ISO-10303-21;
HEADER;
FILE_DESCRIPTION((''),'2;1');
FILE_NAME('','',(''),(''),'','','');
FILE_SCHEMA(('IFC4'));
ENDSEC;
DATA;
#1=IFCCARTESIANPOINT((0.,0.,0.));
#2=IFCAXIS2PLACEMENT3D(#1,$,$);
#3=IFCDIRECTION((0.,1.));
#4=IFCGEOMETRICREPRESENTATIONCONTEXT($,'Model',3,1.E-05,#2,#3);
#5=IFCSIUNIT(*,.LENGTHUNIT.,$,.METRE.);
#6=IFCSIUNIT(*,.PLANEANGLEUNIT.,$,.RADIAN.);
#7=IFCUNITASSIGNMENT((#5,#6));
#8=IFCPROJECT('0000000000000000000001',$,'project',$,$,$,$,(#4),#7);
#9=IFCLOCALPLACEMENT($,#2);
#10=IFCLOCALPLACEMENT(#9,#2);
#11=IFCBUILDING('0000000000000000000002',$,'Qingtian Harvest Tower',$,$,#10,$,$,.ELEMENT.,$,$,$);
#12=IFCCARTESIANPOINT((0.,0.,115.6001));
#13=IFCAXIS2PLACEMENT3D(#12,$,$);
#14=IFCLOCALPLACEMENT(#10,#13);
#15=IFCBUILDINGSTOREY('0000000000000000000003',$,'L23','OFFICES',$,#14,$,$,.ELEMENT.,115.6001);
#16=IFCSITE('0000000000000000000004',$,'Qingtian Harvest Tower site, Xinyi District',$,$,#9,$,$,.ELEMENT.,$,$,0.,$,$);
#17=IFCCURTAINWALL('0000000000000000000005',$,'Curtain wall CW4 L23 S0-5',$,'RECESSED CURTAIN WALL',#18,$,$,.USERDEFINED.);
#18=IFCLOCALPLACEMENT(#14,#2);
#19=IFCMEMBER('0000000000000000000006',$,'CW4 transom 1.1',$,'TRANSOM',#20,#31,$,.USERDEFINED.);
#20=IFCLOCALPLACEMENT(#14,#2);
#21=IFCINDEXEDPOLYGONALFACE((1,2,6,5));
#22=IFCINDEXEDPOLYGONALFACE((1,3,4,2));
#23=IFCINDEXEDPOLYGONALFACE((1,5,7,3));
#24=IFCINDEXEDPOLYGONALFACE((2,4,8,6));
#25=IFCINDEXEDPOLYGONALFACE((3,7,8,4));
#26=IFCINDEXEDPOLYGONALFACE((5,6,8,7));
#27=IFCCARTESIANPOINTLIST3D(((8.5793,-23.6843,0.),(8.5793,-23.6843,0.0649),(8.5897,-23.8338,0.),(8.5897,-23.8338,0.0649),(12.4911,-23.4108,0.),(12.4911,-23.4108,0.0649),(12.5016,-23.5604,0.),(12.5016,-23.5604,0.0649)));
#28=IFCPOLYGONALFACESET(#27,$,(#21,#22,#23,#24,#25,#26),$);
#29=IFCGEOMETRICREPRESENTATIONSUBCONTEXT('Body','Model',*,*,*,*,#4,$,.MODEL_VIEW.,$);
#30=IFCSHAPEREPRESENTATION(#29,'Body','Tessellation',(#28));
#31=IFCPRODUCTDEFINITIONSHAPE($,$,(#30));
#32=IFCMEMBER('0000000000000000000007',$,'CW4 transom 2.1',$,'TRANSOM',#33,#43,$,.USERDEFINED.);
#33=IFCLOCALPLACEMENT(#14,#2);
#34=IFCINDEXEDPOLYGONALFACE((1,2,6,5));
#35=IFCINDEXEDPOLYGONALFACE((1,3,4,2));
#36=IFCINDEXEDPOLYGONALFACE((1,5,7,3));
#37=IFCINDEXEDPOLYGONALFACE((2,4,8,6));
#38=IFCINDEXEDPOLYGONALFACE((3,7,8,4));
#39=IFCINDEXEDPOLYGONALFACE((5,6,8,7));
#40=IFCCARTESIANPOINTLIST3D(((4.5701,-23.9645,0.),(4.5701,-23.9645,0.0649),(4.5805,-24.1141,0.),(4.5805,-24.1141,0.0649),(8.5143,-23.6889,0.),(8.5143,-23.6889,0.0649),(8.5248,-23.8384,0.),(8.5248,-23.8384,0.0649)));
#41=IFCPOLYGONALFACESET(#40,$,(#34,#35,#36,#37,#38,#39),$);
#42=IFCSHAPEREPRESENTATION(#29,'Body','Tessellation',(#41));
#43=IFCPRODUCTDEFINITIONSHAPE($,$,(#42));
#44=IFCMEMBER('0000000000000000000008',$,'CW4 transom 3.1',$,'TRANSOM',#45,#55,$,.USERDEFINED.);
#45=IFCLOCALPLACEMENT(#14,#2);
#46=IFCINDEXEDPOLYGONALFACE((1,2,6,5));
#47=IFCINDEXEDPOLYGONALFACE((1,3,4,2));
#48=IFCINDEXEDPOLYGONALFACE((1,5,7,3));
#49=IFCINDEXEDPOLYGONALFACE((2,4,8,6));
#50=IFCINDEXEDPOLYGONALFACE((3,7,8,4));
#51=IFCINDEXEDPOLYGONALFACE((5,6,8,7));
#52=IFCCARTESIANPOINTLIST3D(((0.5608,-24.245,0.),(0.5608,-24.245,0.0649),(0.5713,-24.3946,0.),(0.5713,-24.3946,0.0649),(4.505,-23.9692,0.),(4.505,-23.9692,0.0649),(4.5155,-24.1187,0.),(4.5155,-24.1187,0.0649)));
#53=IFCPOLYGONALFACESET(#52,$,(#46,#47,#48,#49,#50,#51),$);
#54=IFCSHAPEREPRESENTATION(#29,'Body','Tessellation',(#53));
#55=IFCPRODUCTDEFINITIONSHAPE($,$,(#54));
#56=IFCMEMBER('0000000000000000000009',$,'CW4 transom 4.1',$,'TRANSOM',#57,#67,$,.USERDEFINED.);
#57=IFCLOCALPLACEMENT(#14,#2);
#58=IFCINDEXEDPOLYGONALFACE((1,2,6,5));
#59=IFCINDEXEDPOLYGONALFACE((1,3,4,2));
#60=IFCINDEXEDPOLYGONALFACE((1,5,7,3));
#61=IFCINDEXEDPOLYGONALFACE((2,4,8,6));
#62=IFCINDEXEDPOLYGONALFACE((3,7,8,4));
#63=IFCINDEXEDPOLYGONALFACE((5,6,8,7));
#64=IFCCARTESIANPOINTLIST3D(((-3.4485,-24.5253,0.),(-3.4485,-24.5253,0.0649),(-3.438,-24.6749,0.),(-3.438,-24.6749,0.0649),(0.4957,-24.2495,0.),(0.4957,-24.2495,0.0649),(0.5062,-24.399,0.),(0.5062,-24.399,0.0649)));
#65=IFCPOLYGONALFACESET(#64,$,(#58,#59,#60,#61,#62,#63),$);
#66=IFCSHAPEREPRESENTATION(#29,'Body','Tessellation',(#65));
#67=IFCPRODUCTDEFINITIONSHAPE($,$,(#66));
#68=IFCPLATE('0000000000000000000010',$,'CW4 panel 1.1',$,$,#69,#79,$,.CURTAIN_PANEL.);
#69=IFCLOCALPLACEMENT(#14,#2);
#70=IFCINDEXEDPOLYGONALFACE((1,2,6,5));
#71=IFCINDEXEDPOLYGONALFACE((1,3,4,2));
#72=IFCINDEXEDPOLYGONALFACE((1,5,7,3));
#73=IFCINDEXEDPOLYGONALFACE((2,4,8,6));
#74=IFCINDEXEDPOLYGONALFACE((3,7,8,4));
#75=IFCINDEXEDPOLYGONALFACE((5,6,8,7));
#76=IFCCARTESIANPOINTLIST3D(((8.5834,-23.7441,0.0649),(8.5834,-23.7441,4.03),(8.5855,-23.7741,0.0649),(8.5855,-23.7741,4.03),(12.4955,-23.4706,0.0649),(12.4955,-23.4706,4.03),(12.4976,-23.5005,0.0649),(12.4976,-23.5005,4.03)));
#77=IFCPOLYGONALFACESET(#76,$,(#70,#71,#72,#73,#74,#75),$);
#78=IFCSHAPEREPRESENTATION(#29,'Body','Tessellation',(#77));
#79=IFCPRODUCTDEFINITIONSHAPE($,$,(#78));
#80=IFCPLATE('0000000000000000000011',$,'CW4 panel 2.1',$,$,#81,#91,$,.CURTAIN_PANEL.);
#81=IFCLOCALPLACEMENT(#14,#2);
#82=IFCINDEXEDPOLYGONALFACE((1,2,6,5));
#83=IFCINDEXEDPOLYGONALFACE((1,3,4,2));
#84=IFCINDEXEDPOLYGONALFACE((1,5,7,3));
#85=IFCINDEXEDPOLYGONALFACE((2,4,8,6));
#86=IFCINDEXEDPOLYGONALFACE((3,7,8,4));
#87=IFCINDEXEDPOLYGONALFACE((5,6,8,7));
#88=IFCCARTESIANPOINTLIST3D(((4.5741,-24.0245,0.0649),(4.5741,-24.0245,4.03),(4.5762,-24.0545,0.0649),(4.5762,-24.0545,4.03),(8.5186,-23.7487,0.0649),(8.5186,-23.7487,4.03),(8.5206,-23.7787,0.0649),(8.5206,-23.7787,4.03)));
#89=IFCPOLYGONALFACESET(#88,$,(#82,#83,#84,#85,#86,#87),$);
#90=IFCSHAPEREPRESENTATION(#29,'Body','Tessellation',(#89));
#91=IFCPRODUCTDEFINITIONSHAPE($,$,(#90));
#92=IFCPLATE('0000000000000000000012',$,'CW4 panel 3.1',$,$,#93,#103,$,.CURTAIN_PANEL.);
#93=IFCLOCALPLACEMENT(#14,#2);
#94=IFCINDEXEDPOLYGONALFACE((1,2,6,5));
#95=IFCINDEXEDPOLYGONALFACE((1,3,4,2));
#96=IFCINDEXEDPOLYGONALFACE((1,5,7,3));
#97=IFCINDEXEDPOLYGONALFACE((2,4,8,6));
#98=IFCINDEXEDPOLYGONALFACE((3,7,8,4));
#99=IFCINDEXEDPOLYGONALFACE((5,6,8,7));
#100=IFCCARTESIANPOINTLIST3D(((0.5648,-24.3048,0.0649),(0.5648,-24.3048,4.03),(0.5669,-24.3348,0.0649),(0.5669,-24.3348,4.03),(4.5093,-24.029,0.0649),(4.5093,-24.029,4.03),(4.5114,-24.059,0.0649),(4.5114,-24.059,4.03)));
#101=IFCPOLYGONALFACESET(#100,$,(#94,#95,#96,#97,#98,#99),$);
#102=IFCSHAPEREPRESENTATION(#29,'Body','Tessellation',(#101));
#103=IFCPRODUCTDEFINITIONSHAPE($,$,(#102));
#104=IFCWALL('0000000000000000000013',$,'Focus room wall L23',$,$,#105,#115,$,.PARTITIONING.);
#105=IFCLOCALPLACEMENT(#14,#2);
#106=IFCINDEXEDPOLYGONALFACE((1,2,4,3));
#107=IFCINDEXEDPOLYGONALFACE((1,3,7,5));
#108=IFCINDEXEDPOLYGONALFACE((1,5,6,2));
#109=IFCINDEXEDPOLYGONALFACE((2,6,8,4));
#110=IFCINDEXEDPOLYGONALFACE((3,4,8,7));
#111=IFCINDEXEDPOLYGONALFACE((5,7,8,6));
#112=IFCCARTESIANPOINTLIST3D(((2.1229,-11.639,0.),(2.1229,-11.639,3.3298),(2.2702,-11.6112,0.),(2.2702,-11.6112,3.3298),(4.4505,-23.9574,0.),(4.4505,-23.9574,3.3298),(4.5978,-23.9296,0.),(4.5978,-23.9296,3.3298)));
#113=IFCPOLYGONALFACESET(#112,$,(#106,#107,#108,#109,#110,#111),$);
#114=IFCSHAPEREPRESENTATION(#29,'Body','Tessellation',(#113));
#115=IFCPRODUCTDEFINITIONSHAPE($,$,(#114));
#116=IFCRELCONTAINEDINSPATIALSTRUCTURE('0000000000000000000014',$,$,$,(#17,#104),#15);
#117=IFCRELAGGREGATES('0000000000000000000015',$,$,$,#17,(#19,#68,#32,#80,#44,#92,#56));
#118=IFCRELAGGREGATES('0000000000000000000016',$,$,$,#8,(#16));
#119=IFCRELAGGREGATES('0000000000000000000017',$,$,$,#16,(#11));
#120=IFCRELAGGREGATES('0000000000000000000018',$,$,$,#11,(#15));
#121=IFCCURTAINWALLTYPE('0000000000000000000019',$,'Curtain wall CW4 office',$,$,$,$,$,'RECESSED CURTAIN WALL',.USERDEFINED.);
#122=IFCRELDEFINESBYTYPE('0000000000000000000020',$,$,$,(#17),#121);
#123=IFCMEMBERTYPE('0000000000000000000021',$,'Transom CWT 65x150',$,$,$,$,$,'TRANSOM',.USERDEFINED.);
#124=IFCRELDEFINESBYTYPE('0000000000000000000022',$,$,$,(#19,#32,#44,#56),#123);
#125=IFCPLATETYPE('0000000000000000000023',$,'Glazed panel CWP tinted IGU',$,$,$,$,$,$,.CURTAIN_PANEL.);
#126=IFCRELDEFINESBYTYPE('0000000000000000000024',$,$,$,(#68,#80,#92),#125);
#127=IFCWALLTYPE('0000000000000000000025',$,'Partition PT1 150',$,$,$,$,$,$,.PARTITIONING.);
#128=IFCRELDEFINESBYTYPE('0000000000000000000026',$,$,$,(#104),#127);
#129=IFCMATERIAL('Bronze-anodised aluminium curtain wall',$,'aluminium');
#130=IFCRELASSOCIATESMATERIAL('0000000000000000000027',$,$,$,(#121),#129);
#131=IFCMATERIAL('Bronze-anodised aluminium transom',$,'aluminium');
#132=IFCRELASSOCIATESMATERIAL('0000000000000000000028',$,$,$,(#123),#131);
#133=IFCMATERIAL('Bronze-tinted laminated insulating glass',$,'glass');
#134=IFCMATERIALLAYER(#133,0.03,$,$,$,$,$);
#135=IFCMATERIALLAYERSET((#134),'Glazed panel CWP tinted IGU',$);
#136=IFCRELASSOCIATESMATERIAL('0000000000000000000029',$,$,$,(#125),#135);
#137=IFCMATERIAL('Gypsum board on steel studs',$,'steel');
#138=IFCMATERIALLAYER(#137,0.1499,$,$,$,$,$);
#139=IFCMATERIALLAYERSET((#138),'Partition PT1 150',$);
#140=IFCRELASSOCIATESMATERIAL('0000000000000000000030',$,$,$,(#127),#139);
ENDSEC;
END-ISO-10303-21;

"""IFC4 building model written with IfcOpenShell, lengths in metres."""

from ifc_helpers import new_model, si_unit, direction, frame, frame_2d, origin, origin_2d, place, context, subcontext, project, spatial, rectangle, extrude, material, layer, layer_set, material_profile, profile_set, type_object, element, aggregate, save


model = new_model("IFC4")

# Units and contexts
model_context = context("Model", 3, precision=1e-05, world=origin(), true_north=direction((0.0, 1.0)))
body_context = subcontext(model_context, "Body", "Model", "MODEL_VIEW")
ifc_project = project(units=[si_unit("LENGTHUNIT", "METRE"), si_unit("PLANEANGLEUNIT", "RADIAN")], contexts=[model_context])

# Site, building, storey
site_placement = place(None, origin())
site = spatial("IfcSite", under=ifc_project, at=site_placement, Name="Qingtian Harvest Tower site, Xinyi District", CompositionType="ELEMENT", RefElevation=0.0)
building_placement = place(site_placement, origin())
building = spatial("IfcBuilding", under=site, at=building_placement, Name="Qingtian Harvest Tower", CompositionType="ELEMENT")
storey_placement = place(building_placement, frame((0.0, 0.0, 115.6001)))
storey = spatial("IfcBuildingStorey", under=building, at=storey_placement, Name="L23", Description="OFFICES", CompositionType="ELEMENT", Elevation=115.6001)

# Shared definitions
ifc_material_1 = material(Name="Bronze-anodised aluminium curtain wall", Category="aluminium")
curtain_wall_type = type_object("IfcCurtainWallType", Name="Curtain wall CW4 office", ElementType="RECESSED CURTAIN WALL", PredefinedType="USERDEFINED", material=ifc_material_1)

# Curtain wall
curtain_wall_1_placement = place(storey_placement, origin())
curtain_wall_1 = element("IfcCurtainWall", 1, at=curtain_wall_1_placement, inside=storey, type_object=curtain_wall_type, Name="Curtain wall CW4 L23 S0-5", ObjectType="RECESSED CURTAIN WALL", PredefinedType="USERDEFINED")

# Members
ifc_material_2 = material(Name="Bronze-anodised aluminium transom", Category="aluminium")
ifc_material_profile_1 = material_profile(ifc_material_2, rectangle(XDim=0.1499, YDim=0.0649, at=origin_2d()), Name="AL 65x150")
ifc_profile_set_1 = profile_set([ifc_material_profile_1], Name="Bronze-anodised aluminium transom")
member_type_1 = type_object("IfcMemberType", Name="Transom CWT 65x150", ElementType="TRANSOM", PredefinedType="USERDEFINED", material=ifc_profile_set_1)
member_1_placement = place(storey_placement, frame((12.4963, -23.4856, 0.0325), z_axis=(-0.997566, -0.069729, 0.0), x_axis=(0.069729, -0.997566, 0.0)))
member_1 = element("IfcMember", 2, at=member_1_placement, type_object=member_type_1, Name="CW4 transom 1.1", ObjectType="TRANSOM", PredefinedType="USERDEFINED", context=body_context, shape_type="SweptSolid", body=[
    extrude(rectangle(XDim=0.1499, YDim=0.0649, at=origin_2d()), origin(), (0.0, 0.0, 1.0), 3.9214),
])
member_2_placement = place(storey_placement, frame((8.5195, -23.7637, 0.0325), z_axis=(-0.997567, -0.069711, 0.0), x_axis=(0.069711, -0.997567, 0.0)))
member_2 = element("IfcMember", 3, at=member_2_placement, type_object=member_type_1, Name="CW4 transom 2.1", ObjectType="TRANSOM", PredefinedType="USERDEFINED", context=body_context, shape_type="SweptSolid", body=[
    extrude(rectangle(XDim=0.1499, YDim=0.0649, at=origin_2d()), origin(), (0.0, 0.0, 1.0), 3.9539),
])
member_3_placement = place(storey_placement, frame((4.5103, -24.0439, 0.0325), z_axis=(-0.997563, -0.069773, 0.0), x_axis=(0.069773, -0.997563, 0.0)))
member_3 = element("IfcMember", 4, at=member_3_placement, type_object=member_type_1, Name="CW4 transom 3.1", ObjectType="TRANSOM", PredefinedType="USERDEFINED", context=body_context, shape_type="SweptSolid", body=[
    extrude(rectangle(XDim=0.1499, YDim=0.0649, at=origin_2d()), origin(), (0.0, 0.0, 1.0), 3.9539),
])
member_4_placement = place(storey_placement, frame((0.501, -24.3242, 0.0325), z_axis=(-0.997563, -0.069773, 0.0), x_axis=(0.069773, -0.997563, 0.0)))
member_4 = element("IfcMember", 5, at=member_4_placement, type_object=member_type_1, Name="CW4 transom 4.1", ObjectType="TRANSOM", PredefinedType="USERDEFINED", context=body_context, shape_type="SweptSolid", body=[
    extrude(rectangle(XDim=0.1499, YDim=0.0649, at=origin_2d()), origin(), (0.0, 0.0, 1.0), 3.9539),
])

# Plates
ifc_material_3 = material(Name="Bronze-tinted laminated insulating glass", Category="glass")
ifc_layer_1 = layer(ifc_material_3, 0.03)
ifc_layer_set_1 = layer_set([ifc_layer_1], Name="Glazed panel CWP tinted IGU")
plate_type = type_object("IfcPlateType", Name="Glazed panel CWP tinted IGU", PredefinedType="CURTAIN_PANEL", material=ifc_layer_set_1)
plate_1_placement = place(storey_placement, frame((10.5405, -23.6223, 0.0649), z_axis=(0.0, 0.0, 1.0), x_axis=(-0.997564, -0.069756, 0.0)))
plate_1 = element("IfcPlate", 6, at=plate_1_placement, type_object=plate_type, Name="CW4 panel 1.1", PredefinedType="CURTAIN_PANEL", context=body_context, shape_type="SweptSolid", body=[
    extrude(rectangle(XDim=3.9216, YDim=0.03, at=origin_2d()), origin(), (0.0, 0.0, 1.0), 3.9651),
])
plate_2_placement = place(storey_placement, frame((6.5474, -23.9016, 0.0649), z_axis=(0.0, 0.0, 1.0), x_axis=(-0.997564, -0.069756, 0.0)))
plate_2 = element("IfcPlate", 7, at=plate_2_placement, type_object=plate_type, Name="CW4 panel 2.1", PredefinedType="CURTAIN_PANEL", context=body_context, shape_type="SweptSolid", body=[
    extrude(rectangle(XDim=3.9541, YDim=0.03, at=origin_2d()), origin(), (0.0, 0.0, 1.0), 3.9651),
])
plate_3_placement = place(storey_placement, frame((2.5381, -24.1819, 0.0649), z_axis=(0.0, 0.0, 1.0), x_axis=(-0.997564, -0.069756, 0.0)))
plate_3 = element("IfcPlate", 8, at=plate_3_placement, type_object=plate_type, Name="CW4 panel 3.1", PredefinedType="CURTAIN_PANEL", context=body_context, shape_type="SweptSolid", body=[
    extrude(rectangle(XDim=3.9541, YDim=0.03, at=origin_2d()), origin(), (0.0, 0.0, 1.0), 3.9651),
])
aggregate(curtain_wall_1, [member_1, plate_1, member_2, plate_2, member_3, plate_3, member_4])

# Wall
ifc_material_4 = material(Name="Gypsum board on steel studs", Category="steel")
ifc_layer_2 = layer(ifc_material_4, 0.1499)
ifc_layer_set_2 = layer_set([ifc_layer_2], Name="Partition PT1 150")
wall_type = type_object("IfcWallType", Name="Partition PT1 150", PredefinedType="PARTITIONING", material=ifc_layer_set_2)
wall_1_placement = place(storey_placement, frame((4.5242, -23.9434, 0.0), z_axis=(0.0, 0.0, 1.0), x_axis=(-0.185671, 0.982612, 0.0)))
element("IfcWall", 9, at=wall_1_placement, inside=storey, type_object=wall_type, Name="Focus room wall L23", PredefinedType="PARTITIONING", context=body_context, shape_type="SweptSolid", body=[
    extrude(rectangle(XDim=12.5364, YDim=0.1499, at=frame_2d((6.2681, 0.0))), origin(), (0.0, 0.0, 1.0), 3.3298),
])

save(model, "model.ifc")
